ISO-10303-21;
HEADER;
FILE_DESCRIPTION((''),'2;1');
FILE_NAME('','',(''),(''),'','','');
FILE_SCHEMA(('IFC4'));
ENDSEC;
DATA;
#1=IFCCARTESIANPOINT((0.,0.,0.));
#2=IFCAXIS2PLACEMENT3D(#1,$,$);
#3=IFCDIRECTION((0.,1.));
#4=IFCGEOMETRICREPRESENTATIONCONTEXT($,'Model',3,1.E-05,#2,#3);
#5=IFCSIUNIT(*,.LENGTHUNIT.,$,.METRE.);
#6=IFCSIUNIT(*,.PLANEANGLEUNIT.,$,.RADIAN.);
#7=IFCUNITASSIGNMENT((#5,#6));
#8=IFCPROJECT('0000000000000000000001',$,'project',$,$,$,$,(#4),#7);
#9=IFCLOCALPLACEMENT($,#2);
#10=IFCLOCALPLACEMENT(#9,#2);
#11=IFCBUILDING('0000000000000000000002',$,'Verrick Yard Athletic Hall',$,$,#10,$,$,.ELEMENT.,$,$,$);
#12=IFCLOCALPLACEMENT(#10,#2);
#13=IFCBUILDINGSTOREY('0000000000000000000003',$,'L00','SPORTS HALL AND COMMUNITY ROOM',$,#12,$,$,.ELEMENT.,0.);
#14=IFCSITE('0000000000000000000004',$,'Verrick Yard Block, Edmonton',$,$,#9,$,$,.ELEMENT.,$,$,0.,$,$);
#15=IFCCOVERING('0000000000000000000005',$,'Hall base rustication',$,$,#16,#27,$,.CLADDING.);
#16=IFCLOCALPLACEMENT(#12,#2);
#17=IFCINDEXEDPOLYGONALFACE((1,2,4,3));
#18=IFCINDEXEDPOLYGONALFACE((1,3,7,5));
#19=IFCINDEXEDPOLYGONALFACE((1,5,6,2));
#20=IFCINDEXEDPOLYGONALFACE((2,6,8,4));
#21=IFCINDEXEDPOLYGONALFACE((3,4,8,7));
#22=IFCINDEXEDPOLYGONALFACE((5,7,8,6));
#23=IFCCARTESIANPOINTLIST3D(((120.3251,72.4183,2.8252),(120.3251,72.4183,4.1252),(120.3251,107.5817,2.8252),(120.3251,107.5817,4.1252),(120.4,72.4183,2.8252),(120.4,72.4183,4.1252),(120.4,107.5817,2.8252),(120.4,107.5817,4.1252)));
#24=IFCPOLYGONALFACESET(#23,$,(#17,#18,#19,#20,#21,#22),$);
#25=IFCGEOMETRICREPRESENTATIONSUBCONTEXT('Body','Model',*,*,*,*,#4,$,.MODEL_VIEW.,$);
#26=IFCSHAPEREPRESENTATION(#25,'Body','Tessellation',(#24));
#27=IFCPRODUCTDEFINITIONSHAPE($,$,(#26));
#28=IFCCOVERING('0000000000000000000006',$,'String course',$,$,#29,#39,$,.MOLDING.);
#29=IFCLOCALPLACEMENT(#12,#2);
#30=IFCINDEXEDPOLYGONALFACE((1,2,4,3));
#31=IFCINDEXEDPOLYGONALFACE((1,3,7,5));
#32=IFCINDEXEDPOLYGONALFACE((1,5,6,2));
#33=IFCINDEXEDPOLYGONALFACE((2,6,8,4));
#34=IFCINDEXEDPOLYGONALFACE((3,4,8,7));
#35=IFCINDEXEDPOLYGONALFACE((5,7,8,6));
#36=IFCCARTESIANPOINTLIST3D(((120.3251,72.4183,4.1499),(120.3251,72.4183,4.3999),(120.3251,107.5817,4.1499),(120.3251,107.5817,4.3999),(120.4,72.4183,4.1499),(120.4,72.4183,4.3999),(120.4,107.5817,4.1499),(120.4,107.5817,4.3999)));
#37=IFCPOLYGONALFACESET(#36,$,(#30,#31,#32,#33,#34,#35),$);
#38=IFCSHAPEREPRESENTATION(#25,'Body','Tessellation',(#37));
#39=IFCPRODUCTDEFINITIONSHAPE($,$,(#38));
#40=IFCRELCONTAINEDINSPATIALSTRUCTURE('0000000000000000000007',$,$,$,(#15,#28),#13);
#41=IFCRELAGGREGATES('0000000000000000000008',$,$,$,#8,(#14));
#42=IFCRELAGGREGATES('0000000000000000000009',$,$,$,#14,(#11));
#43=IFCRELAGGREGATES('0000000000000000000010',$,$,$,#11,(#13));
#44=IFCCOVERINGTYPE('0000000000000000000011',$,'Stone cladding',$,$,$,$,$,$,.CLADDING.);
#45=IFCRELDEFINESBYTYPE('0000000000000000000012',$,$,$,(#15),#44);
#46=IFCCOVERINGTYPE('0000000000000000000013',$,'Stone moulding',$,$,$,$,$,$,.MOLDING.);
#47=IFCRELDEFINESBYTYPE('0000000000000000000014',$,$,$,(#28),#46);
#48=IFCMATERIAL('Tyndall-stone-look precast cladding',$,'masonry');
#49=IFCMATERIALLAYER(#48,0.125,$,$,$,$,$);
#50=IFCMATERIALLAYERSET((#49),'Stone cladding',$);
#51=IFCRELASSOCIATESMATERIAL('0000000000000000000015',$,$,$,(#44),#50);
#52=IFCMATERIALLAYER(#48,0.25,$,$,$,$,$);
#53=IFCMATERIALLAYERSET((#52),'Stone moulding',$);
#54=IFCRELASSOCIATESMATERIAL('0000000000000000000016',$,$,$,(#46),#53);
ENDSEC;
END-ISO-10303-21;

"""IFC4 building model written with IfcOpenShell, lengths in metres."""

from ifc_helpers import new_model, si_unit, direction, frame, origin, origin_2d, place, context, subcontext, project, spatial, rectangle, extrude, material, layer, layer_set, type_object, element, save


model = new_model("IFC4")

# Units and contexts
model_context = context("Model", 3, precision=1e-05, world=origin(), true_north=direction((0.0, 1.0)))
body_context = subcontext(model_context, "Body", "Model", "MODEL_VIEW")
ifc_project = project(units=[si_unit("LENGTHUNIT", "METRE"), si_unit("PLANEANGLEUNIT", "RADIAN")], contexts=[model_context])

# Site, building, storey
site_placement = place(None, origin())
site = spatial("IfcSite", under=ifc_project, at=site_placement, Name="Verrick Yard Block, Edmonton", CompositionType="ELEMENT", RefElevation=0.0)
building_placement = place(site_placement, origin())
building = spatial("IfcBuilding", under=site, at=building_placement, Name="Verrick Yard Athletic Hall", CompositionType="ELEMENT")
storey_placement = place(building_placement, origin())
storey = spatial("IfcBuildingStorey", under=building, at=storey_placement, Name="L00", Description="SPORTS HALL AND COMMUNITY ROOM", CompositionType="ELEMENT", Elevation=0.0)

# Coverings
ifc_material_1 = material(Name="Tyndall-stone-look precast cladding", Category="masonry")
ifc_layer_1 = layer(ifc_material_1, 0.125)
ifc_layer_set_1 = layer_set([ifc_layer_1], Name="Stone cladding")
covering_type_1 = type_object("IfcCoveringType", Name="Stone cladding", PredefinedType="CLADDING", material=ifc_layer_set_1)
covering_1_placement = place(storey_placement, frame((120.3625, 90.0, 2.8252), z_axis=(0.0, 0.0, 1.0), x_axis=(0.0, 1.0, 0.0)))
element("IfcCovering", 1, at=covering_1_placement, inside=storey, type_object=covering_type_1, Name="Hall base rustication", PredefinedType="CLADDING", context=body_context, shape_type="SweptSolid", body=[
    extrude(rectangle(XDim=35.1633, YDim=0.075, at=origin_2d()), origin(), (0.0, 0.0, 1.0), 1.3),
])
ifc_layer_2 = layer(ifc_material_1, 0.25)
ifc_layer_set_2 = layer_set([ifc_layer_2], Name="Stone moulding")
covering_type_2 = type_object("IfcCoveringType", Name="Stone moulding", PredefinedType="MOLDING", material=ifc_layer_set_2)
covering_2_placement = place(storey_placement, frame((120.3625, 90.0, 4.1499), z_axis=(0.0, 0.0, 1.0), x_axis=(0.0, 1.0, 0.0)))
element("IfcCovering", 2, at=covering_2_placement, inside=storey, type_object=covering_type_2, Name="String course", PredefinedType="MOLDING", context=body_context, shape_type="SweptSolid", body=[
    extrude(rectangle(XDim=35.1633, YDim=0.075, at=origin_2d()), origin(), (0.0, 0.0, 1.0), 0.25),
])

save(model, "model.ifc")
